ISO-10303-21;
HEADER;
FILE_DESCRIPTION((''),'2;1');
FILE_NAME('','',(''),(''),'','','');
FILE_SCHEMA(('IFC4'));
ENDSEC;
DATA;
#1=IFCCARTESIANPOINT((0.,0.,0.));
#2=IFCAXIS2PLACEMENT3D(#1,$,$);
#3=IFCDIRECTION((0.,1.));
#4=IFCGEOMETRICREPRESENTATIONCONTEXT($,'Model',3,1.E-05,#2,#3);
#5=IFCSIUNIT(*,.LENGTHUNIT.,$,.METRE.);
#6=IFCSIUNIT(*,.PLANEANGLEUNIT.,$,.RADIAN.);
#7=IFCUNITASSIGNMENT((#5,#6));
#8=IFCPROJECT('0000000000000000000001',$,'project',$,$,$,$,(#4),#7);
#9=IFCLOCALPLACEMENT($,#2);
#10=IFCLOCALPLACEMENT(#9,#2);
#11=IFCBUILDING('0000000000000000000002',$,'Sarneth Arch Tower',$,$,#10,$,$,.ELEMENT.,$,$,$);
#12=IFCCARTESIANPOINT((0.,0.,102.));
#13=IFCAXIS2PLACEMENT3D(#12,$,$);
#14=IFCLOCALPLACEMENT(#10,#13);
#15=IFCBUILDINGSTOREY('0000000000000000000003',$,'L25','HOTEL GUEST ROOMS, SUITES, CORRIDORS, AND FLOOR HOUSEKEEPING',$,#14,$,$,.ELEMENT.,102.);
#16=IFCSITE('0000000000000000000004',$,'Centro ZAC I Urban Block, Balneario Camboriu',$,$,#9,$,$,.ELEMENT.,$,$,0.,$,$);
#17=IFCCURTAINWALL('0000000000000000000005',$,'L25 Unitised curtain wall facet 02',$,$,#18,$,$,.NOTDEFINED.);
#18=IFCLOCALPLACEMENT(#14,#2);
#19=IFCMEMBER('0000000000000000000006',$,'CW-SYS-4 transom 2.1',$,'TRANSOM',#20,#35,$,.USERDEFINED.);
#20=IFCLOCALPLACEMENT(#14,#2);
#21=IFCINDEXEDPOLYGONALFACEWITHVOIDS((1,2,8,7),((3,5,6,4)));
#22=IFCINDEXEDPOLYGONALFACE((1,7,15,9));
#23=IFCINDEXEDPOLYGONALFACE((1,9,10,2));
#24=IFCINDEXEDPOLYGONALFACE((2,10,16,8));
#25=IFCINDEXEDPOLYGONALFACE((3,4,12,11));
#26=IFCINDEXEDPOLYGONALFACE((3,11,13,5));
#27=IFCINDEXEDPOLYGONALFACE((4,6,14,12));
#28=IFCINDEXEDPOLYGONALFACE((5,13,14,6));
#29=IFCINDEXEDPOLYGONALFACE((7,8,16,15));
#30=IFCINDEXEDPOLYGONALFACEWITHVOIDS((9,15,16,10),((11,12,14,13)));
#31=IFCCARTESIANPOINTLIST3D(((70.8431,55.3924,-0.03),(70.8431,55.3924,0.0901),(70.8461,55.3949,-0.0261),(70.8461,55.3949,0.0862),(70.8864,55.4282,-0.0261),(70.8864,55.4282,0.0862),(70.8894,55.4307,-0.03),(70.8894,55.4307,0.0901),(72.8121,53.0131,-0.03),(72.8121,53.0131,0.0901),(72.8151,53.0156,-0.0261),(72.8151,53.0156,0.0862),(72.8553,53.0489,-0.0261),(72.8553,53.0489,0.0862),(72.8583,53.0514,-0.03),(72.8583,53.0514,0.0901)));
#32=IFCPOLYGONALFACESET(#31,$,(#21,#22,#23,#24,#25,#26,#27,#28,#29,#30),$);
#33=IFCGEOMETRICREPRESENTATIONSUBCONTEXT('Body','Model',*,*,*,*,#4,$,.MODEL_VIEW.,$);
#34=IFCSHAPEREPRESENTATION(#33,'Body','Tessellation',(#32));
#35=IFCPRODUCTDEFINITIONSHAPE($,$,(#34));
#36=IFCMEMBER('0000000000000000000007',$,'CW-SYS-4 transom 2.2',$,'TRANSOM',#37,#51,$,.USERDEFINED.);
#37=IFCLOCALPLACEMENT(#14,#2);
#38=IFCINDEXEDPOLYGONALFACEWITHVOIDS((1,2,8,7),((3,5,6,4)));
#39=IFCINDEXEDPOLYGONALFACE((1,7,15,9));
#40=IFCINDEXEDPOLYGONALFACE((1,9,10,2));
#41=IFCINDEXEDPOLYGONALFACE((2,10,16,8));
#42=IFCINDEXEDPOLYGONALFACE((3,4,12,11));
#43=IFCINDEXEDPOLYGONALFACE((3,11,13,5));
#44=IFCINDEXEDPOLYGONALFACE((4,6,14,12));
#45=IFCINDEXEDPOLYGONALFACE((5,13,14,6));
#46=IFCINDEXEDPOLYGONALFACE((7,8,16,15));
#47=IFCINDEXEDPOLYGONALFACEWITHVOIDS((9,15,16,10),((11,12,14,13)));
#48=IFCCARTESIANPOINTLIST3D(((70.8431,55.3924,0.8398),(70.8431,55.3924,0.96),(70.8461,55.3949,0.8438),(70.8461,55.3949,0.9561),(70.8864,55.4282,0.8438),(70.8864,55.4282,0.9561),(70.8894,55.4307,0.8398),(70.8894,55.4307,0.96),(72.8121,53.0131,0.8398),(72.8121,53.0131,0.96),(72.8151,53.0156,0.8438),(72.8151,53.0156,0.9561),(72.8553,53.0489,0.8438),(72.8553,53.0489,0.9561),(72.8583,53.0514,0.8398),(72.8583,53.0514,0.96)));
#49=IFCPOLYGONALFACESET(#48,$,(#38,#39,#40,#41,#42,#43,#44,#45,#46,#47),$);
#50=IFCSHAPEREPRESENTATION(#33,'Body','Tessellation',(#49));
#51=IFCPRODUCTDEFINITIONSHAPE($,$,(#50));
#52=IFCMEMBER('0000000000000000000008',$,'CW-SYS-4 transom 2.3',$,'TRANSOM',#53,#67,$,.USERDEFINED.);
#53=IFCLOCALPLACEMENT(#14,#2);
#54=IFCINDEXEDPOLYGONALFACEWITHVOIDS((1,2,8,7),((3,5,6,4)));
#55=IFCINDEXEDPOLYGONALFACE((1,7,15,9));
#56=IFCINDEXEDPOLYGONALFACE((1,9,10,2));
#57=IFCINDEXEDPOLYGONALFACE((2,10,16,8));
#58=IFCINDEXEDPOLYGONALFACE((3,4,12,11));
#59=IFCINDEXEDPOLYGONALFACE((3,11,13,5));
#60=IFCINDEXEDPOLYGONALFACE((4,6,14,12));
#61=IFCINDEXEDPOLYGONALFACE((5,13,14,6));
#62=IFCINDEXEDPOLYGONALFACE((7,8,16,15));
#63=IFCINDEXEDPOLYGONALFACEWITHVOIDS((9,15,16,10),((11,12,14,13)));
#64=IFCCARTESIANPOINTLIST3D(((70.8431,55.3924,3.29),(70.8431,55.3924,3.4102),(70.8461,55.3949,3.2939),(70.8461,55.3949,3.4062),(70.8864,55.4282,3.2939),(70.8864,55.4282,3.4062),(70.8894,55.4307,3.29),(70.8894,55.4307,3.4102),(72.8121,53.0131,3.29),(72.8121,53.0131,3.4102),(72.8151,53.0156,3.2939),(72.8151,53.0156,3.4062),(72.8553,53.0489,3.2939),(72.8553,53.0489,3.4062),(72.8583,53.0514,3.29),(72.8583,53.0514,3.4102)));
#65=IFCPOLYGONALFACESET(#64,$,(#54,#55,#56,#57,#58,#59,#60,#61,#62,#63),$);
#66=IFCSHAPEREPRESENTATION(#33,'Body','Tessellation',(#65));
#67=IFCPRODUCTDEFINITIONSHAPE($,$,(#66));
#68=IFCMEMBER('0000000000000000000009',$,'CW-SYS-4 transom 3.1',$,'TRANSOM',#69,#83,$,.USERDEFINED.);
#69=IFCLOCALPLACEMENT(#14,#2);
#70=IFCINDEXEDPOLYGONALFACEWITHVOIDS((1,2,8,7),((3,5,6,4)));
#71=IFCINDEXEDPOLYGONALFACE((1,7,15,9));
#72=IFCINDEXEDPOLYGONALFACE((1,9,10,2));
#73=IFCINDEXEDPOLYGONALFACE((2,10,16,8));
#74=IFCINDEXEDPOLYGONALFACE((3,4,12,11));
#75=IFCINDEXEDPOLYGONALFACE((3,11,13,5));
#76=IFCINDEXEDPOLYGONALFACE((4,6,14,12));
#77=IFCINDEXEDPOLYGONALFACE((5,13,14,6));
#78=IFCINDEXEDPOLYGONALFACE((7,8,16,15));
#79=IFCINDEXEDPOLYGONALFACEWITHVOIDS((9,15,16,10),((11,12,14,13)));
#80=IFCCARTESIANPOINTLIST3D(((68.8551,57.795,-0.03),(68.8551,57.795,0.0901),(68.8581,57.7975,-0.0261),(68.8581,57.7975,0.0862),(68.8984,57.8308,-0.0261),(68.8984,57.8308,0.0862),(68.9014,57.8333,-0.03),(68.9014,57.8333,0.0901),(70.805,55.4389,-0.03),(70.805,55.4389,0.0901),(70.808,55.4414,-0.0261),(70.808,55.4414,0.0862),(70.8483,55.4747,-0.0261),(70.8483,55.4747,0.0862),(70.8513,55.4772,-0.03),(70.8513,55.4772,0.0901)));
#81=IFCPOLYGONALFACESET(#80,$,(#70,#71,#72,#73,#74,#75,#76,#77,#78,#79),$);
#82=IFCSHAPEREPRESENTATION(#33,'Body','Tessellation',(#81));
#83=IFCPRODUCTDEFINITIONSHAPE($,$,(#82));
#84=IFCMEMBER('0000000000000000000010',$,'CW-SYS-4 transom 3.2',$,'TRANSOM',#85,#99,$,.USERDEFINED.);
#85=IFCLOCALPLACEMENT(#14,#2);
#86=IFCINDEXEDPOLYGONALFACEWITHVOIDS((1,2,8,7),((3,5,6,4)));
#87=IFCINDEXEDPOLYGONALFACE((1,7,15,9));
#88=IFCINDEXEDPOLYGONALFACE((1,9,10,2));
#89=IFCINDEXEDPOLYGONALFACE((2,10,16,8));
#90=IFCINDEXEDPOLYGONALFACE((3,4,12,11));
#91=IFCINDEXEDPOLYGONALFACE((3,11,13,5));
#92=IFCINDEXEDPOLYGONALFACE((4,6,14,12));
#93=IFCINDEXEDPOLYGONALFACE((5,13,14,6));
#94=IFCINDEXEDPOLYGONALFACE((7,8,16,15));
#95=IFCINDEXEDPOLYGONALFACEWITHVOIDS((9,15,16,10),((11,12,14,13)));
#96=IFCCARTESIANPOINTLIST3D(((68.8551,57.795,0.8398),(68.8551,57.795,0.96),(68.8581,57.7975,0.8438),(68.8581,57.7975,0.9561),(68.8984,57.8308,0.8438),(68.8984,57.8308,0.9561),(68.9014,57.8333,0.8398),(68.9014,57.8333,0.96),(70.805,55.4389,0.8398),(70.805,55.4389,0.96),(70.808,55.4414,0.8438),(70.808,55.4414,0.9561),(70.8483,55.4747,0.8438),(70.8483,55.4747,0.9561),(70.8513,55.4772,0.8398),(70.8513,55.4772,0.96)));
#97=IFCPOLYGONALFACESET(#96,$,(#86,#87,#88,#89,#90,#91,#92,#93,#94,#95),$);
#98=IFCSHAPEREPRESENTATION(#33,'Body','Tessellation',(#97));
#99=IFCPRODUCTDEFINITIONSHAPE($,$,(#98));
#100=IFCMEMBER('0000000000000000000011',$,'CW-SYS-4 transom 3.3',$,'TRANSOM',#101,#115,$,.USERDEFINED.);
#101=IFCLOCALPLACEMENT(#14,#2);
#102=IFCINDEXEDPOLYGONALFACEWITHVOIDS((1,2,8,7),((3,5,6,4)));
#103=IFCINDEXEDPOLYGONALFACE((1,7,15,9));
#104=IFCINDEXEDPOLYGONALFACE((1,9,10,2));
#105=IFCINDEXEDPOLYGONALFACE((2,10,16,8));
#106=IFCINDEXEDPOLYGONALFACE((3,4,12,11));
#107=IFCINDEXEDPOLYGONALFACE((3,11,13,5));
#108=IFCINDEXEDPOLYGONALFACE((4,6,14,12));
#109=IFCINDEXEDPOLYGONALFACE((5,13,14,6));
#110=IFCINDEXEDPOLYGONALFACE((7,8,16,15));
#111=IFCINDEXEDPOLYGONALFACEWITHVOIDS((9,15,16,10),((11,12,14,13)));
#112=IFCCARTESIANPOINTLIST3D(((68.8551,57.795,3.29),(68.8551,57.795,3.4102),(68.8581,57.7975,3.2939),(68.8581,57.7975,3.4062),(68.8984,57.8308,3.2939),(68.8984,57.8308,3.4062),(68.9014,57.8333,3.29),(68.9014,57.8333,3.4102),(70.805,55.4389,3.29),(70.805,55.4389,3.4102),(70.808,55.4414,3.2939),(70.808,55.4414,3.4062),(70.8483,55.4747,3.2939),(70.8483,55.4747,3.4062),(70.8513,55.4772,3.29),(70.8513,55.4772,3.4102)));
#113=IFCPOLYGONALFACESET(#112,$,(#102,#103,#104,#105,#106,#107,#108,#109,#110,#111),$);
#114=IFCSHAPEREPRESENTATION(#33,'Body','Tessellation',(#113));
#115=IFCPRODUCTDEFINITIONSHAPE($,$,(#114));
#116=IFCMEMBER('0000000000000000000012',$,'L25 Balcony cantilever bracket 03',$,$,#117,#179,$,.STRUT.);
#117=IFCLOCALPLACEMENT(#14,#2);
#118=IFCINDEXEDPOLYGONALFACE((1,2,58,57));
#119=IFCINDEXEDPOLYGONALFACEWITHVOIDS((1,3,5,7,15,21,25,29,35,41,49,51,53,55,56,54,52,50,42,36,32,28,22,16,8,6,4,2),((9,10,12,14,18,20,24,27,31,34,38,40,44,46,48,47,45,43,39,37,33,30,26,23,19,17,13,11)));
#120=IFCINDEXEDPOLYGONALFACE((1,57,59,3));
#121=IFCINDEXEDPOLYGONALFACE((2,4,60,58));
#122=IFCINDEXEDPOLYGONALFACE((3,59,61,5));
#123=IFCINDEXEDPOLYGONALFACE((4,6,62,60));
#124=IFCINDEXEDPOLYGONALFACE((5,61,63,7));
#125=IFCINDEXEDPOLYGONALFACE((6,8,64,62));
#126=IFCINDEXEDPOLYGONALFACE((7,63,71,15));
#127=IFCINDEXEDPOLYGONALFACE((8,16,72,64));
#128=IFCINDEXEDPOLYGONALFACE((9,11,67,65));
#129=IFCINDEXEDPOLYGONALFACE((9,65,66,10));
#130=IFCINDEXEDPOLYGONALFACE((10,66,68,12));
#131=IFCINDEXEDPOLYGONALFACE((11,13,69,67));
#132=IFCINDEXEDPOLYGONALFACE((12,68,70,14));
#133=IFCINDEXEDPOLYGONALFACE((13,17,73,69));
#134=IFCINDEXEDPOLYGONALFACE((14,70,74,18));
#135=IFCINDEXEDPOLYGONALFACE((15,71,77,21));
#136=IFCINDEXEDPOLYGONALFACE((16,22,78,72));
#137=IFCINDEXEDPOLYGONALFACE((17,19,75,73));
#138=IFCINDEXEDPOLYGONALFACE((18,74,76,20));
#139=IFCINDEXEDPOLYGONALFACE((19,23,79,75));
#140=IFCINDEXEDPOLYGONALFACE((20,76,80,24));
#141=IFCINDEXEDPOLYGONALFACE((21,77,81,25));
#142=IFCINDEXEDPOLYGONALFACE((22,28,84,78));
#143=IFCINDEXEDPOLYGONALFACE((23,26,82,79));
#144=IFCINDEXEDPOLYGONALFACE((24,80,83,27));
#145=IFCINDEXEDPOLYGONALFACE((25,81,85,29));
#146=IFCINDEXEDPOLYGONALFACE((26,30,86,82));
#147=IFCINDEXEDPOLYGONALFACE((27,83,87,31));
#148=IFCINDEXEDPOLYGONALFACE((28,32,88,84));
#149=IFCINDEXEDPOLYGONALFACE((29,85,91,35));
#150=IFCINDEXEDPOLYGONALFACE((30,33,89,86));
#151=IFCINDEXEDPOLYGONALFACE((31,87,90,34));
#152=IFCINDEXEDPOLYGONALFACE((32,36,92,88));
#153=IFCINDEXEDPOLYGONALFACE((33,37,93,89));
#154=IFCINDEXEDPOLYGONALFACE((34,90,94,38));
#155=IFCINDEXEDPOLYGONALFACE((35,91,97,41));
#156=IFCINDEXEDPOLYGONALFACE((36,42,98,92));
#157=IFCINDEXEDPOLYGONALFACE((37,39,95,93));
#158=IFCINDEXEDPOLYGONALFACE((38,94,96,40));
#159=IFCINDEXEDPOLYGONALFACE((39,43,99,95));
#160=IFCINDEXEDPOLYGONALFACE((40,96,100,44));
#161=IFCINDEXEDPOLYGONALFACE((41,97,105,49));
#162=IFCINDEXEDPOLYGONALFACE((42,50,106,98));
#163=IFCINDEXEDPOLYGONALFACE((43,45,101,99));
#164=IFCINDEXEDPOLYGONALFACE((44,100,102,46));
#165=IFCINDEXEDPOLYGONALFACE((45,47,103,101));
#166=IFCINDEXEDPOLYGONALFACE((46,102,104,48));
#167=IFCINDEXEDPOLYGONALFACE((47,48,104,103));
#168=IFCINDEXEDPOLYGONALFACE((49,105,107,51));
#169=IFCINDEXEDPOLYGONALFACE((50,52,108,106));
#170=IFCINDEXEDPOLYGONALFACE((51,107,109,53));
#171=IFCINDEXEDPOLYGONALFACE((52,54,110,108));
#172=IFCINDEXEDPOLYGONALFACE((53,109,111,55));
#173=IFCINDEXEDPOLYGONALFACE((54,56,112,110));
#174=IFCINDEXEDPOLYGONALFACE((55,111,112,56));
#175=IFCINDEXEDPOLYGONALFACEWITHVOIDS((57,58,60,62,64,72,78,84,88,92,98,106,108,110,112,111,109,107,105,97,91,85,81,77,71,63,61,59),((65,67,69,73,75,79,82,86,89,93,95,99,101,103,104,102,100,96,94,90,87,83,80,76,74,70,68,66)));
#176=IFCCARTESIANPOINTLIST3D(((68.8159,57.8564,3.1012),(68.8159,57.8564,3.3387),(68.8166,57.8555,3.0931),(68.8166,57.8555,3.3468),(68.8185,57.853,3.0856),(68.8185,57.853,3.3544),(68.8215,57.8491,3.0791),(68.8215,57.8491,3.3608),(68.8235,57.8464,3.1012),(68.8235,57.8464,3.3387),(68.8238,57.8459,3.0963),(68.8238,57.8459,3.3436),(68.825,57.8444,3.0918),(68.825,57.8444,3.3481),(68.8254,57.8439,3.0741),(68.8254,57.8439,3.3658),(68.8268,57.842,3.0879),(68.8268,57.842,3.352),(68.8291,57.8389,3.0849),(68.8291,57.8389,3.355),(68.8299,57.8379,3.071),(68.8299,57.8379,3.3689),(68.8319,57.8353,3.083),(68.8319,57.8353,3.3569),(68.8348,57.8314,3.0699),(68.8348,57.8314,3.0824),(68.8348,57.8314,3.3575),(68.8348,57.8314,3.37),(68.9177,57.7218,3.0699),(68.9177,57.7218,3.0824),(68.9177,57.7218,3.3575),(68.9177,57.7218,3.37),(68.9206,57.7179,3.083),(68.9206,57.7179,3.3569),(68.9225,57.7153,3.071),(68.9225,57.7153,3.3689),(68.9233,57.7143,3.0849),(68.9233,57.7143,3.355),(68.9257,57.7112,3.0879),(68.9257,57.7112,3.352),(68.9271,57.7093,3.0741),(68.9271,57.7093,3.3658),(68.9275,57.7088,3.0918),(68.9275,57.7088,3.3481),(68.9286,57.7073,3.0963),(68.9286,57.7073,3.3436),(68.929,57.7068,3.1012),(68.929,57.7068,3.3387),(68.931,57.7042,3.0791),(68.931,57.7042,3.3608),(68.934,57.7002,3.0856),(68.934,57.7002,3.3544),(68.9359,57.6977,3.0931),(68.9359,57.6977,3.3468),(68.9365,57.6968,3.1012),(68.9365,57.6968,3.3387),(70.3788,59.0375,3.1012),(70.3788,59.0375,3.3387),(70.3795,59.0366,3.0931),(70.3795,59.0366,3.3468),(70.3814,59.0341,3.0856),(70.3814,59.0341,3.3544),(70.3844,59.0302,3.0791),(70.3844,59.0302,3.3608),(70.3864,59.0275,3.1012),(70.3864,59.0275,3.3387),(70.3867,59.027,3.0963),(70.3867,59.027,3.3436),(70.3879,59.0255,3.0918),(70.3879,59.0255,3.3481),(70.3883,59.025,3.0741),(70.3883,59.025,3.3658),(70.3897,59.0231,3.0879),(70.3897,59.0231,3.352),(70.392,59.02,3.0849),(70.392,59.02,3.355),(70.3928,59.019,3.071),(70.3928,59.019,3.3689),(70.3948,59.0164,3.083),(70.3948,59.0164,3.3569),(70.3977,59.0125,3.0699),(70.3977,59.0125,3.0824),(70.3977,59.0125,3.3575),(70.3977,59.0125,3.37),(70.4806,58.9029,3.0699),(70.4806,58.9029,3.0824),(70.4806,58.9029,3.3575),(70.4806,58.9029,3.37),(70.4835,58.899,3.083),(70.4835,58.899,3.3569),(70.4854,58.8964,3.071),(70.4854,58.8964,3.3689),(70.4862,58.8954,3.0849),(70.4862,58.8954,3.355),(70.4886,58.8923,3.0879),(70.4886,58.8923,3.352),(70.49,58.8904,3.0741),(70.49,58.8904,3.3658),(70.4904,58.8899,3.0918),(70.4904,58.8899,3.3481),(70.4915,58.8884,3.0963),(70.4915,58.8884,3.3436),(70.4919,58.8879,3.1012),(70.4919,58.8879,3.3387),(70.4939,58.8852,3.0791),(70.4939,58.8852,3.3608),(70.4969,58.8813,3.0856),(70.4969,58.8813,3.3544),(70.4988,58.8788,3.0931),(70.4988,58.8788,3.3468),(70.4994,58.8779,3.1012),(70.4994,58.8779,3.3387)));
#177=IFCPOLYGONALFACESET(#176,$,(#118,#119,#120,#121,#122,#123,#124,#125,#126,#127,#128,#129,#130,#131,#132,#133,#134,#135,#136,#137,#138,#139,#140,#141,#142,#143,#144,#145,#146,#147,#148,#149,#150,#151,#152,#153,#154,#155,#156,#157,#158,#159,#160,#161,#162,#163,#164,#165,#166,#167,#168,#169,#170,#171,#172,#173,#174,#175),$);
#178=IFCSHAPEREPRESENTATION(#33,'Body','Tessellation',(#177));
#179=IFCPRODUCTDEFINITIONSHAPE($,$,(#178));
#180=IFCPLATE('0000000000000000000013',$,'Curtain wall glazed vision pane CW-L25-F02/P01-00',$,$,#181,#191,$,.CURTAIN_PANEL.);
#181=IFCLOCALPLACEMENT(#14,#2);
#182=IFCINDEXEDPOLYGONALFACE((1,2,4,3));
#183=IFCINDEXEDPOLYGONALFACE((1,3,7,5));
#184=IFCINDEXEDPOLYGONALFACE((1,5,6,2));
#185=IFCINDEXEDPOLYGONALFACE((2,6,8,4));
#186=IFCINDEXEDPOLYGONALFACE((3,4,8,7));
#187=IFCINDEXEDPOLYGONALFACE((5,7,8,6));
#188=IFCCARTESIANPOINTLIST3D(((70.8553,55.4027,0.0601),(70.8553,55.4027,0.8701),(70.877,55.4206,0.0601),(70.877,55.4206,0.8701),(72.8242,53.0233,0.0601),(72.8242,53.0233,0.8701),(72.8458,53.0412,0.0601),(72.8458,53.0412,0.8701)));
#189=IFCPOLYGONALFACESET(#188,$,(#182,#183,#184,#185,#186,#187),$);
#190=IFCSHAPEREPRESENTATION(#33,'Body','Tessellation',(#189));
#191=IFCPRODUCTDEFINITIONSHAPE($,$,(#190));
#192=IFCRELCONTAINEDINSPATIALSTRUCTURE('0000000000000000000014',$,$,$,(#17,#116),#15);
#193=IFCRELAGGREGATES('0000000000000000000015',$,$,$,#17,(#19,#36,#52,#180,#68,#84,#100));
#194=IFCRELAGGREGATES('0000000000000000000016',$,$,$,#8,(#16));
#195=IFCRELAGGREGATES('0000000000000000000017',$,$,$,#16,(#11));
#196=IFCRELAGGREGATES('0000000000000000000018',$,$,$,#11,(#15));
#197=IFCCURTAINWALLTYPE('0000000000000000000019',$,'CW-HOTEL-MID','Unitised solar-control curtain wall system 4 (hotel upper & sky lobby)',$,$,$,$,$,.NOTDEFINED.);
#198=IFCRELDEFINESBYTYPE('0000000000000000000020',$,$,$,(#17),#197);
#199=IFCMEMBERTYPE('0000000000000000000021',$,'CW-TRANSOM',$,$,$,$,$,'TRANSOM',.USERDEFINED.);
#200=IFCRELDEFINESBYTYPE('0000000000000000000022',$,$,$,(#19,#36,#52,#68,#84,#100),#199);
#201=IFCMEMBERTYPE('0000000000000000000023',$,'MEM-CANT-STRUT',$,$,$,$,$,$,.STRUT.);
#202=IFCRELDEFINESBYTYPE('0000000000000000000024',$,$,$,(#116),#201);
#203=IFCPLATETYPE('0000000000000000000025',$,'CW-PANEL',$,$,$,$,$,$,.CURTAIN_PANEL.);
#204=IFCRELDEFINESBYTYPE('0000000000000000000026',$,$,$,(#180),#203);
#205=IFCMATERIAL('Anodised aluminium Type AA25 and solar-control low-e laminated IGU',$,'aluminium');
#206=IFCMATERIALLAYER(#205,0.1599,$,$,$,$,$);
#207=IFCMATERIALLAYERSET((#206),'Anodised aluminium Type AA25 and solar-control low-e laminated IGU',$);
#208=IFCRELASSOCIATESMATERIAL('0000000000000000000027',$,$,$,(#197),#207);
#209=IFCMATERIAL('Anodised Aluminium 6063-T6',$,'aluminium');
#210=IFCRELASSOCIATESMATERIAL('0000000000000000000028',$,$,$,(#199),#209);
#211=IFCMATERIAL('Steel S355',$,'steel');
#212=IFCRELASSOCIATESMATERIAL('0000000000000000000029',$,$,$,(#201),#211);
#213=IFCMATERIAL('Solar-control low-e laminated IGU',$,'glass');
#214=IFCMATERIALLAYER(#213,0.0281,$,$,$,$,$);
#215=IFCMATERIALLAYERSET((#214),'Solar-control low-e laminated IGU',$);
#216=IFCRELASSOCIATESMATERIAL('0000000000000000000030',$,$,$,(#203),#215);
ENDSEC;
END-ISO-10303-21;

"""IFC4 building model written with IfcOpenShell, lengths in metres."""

from ifc_helpers import new_model, si_unit, direction, frame, origin, origin_2d, place, context, subcontext, project, spatial, rectangle, hollow_rectangle, extrude, material, layer, layer_set, material_profile, profile_set, type_object, element, aggregate, save


model = new_model("IFC4")

# Units and contexts
model_context = context("Model", 3, precision=1e-05, world=origin(), true_north=direction((0.0, 1.0)))
body_context = subcontext(model_context, "Body", "Model", "MODEL_VIEW")
ifc_project = project(units=[si_unit("LENGTHUNIT", "METRE"), si_unit("PLANEANGLEUNIT", "RADIAN")], contexts=[model_context])

# Site, building, storey
site_placement = place(None, origin())
site = spatial("IfcSite", under=ifc_project, at=site_placement, Name="Centro ZAC I Urban Block, Balneario Camboriu", CompositionType="ELEMENT", RefElevation=0.0)
building_placement = place(site_placement, origin())
building = spatial("IfcBuilding", under=site, at=building_placement, Name="Sarneth Arch Tower", CompositionType="ELEMENT")
storey_placement = place(building_placement, frame((0.0, 0.0, 102.0)))
storey = spatial("IfcBuildingStorey", under=building, at=storey_placement, Name="L25", Description="HOTEL GUEST ROOMS, SUITES, CORRIDORS, AND FLOOR HOUSEKEEPING", CompositionType="ELEMENT", Elevation=102.0)

# Curtain wall, members
ifc_material_1 = material(Name="Anodised aluminium Type AA25 and solar-control low-e laminated IGU", Category="aluminium")
ifc_layer_1 = layer(ifc_material_1, 0.1599)
ifc_layer_set_1 = layer_set([ifc_layer_1], Name="Anodised aluminium Type AA25 and solar-control low-e laminated IGU")
curtain_wall_type = type_object("IfcCurtainWallType", Name="CW-HOTEL-MID", Description="Unitised solar-control curtain wall system 4 (hotel upper & sky lobby)", PredefinedType="NOTDEFINED", material=ifc_layer_set_1)
curtain_wall_placement = place(storey_placement, origin())
curtain_wall = element("IfcCurtainWall", 1, at=curtain_wall_placement, inside=storey, type_object=curtain_wall_type, Name="L25 Unitised curtain wall facet 02", PredefinedType="NOTDEFINED")
ifc_material_2 = material(Name="Anodised Aluminium 6063-T6", Category="aluminium")
ifc_material_profile_1 = material_profile(ifc_material_2, hollow_rectangle(XDim=0.0601, YDim=0.1201, WallThickness=0.0039, at=origin_2d()), Name="AL-TRAN-120x60x4")
ifc_profile_set_1 = profile_set([ifc_material_profile_1], Name="Anodised Aluminium 6063-T6")
member_type_1 = type_object("IfcMemberType", Name="CW-TRANSOM", ElementType="TRANSOM", PredefinedType="USERDEFINED", material=ifc_profile_set_1)
member_1_placement = place(storey_placement, frame((72.8352, 53.0322, 0.03), z_axis=(-0.637537, 0.77042, 0.0), x_axis=(-0.77042, -0.637537, 0.0)))
member_1 = element("IfcMember", 2, at=member_1_placement, type_object=member_type_1, Name="CW-SYS-4 transom 2.1", ObjectType="TRANSOM", PredefinedType="USERDEFINED", context=body_context, shape_type="SweptSolid", body=[
    extrude(hollow_rectangle(XDim=0.0601, YDim=0.1201, WallThickness=0.0039, at=origin_2d()), origin(), (0.0, 0.0, 1.0), 3.0884),
])
member_2_placement = place(storey_placement, frame((72.8352, 53.0322, 0.8999), z_axis=(-0.637537, 0.77042, 0.0), x_axis=(-0.77042, -0.637537, 0.0)))
member_2 = element("IfcMember", 3, at=member_2_placement, type_object=member_type_1, Name="CW-SYS-4 transom 2.2", ObjectType="TRANSOM", PredefinedType="USERDEFINED", context=body_context, shape_type="SweptSolid", body=[
    extrude(hollow_rectangle(XDim=0.0601, YDim=0.1201, WallThickness=0.0039, at=origin_2d()), origin(), (0.0, 0.0, 1.0), 3.0884),
])
member_3_placement = place(storey_placement, frame((72.8352, 53.0322, 3.3501), z_axis=(-0.637537, 0.77042, 0.0), x_axis=(-0.77042, -0.637537, 0.0)))
member_3 = element("IfcMember", 4, at=member_3_placement, type_object=member_type_1, Name="CW-SYS-4 transom 2.3", ObjectType="TRANSOM", PredefinedType="USERDEFINED", context=body_context, shape_type="SweptSolid", body=[
    extrude(hollow_rectangle(XDim=0.0601, YDim=0.1201, WallThickness=0.0039, at=origin_2d()), origin(), (0.0, 0.0, 1.0), 3.0884),
])
member_4_placement = place(storey_placement, frame((70.8281, 55.458, 0.03), z_axis=(-0.637566, 0.770396, 0.0), x_axis=(-0.770396, -0.637566, 0.0)))
member_4 = element("IfcMember", 5, at=member_4_placement, type_object=member_type_1, Name="CW-SYS-4 transom 3.1", ObjectType="TRANSOM", PredefinedType="USERDEFINED", context=body_context, shape_type="SweptSolid", body=[
    extrude(hollow_rectangle(XDim=0.0601, YDim=0.1201, WallThickness=0.0039, at=origin_2d()), origin(), (0.0, 0.0, 1.0), 3.0583),
])
member_5_placement = place(storey_placement, frame((70.8281, 55.458, 0.8999), z_axis=(-0.637566, 0.770396, 0.0), x_axis=(-0.770396, -0.637566, 0.0)))
member_5 = element("IfcMember", 6, at=member_5_placement, type_object=member_type_1, Name="CW-SYS-4 transom 3.2", ObjectType="TRANSOM", PredefinedType="USERDEFINED", context=body_context, shape_type="SweptSolid", body=[
    extrude(hollow_rectangle(XDim=0.0601, YDim=0.1201, WallThickness=0.0039, at=origin_2d()), origin(), (0.0, 0.0, 1.0), 3.0583),
])
member_6_placement = place(storey_placement, frame((70.8281, 55.458, 3.3501), z_axis=(-0.637566, 0.770396, 0.0), x_axis=(-0.770396, -0.637566, 0.0)))
member_6 = element("IfcMember", 7, at=member_6_placement, type_object=member_type_1, Name="CW-SYS-4 transom 3.3", ObjectType="TRANSOM", PredefinedType="USERDEFINED", context=body_context, shape_type="SweptSolid", body=[
    extrude(hollow_rectangle(XDim=0.0601, YDim=0.1201, WallThickness=0.0039, at=origin_2d()), origin(), (0.0, 0.0, 1.0), 3.0583),
])

# Member
ifc_material_3 = material(Name="Steel S355", Category="steel")
ifc_material_profile_2 = material_profile(ifc_material_3, hollow_rectangle(XDim=0.2, YDim=0.3, WallThickness=0.0125, InnerFilletRadius=0.0188, OuterFilletRadius=0.0312, at=origin_2d()), Name="RHS300x200x12.5")
ifc_profile_set_2 = profile_set([ifc_material_profile_2], Name="Steel S355")
member_type_2 = type_object("IfcMemberType", Name="MEM-CANT-STRUT", PredefinedType="STRUT", material=ifc_profile_set_2)
member_7_placement = place(storey_placement, frame((68.8762, 57.7766, 3.22), z_axis=(0.797811, 0.602907, 0.0), x_axis=(-0.602907, 0.797811, 0.0)))
element("IfcMember", 8, at=member_7_placement, inside=storey, type_object=member_type_2, Name="L25 Balcony cantilever bracket 03", PredefinedType="STRUT", context=body_context, shape_type="SweptSolid", body=[
    extrude(hollow_rectangle(XDim=0.2, YDim=0.3, WallThickness=0.0125, InnerFilletRadius=0.0188, OuterFilletRadius=0.0312, at=origin_2d()), origin(), (0.0, 0.0, 1.0), 1.959),
])

# Plate
ifc_material_4 = material(Name="Solar-control low-e laminated IGU", Category="glass")
ifc_layer_2 = layer(ifc_material_4, 0.0281)
ifc_layer_set_2 = layer_set([ifc_layer_2], Name="Solar-control low-e laminated IGU")
plate_type_1 = type_object("IfcPlateType", Name="CW-PANEL", PredefinedType="CURTAIN_PANEL", material=ifc_layer_set_2)
plate_1_placement = place(storey_placement, frame((71.8506, 54.2219, 0.0601), z_axis=(0.0, 0.0, 1.0), x_axis=(-0.637515, 0.770438, 0.0)))
plate_1 = element("IfcPlate", 9, at=plate_1_placement, type_object=plate_type_1, Name="Curtain wall glazed vision pane CW-L25-F02/P01-00", PredefinedType="CURTAIN_PANEL", context=body_context, shape_type="SweptSolid", body=[
    extrude(rectangle(XDim=3.0884, YDim=0.0281, at=origin_2d()), origin(), (0.0, 0.0, 1.0), 0.8101),
])
aggregate(curtain_wall, [member_1, member_2, member_3, plate_1, member_4, member_5, member_6])

save(model, "model.ifc")
